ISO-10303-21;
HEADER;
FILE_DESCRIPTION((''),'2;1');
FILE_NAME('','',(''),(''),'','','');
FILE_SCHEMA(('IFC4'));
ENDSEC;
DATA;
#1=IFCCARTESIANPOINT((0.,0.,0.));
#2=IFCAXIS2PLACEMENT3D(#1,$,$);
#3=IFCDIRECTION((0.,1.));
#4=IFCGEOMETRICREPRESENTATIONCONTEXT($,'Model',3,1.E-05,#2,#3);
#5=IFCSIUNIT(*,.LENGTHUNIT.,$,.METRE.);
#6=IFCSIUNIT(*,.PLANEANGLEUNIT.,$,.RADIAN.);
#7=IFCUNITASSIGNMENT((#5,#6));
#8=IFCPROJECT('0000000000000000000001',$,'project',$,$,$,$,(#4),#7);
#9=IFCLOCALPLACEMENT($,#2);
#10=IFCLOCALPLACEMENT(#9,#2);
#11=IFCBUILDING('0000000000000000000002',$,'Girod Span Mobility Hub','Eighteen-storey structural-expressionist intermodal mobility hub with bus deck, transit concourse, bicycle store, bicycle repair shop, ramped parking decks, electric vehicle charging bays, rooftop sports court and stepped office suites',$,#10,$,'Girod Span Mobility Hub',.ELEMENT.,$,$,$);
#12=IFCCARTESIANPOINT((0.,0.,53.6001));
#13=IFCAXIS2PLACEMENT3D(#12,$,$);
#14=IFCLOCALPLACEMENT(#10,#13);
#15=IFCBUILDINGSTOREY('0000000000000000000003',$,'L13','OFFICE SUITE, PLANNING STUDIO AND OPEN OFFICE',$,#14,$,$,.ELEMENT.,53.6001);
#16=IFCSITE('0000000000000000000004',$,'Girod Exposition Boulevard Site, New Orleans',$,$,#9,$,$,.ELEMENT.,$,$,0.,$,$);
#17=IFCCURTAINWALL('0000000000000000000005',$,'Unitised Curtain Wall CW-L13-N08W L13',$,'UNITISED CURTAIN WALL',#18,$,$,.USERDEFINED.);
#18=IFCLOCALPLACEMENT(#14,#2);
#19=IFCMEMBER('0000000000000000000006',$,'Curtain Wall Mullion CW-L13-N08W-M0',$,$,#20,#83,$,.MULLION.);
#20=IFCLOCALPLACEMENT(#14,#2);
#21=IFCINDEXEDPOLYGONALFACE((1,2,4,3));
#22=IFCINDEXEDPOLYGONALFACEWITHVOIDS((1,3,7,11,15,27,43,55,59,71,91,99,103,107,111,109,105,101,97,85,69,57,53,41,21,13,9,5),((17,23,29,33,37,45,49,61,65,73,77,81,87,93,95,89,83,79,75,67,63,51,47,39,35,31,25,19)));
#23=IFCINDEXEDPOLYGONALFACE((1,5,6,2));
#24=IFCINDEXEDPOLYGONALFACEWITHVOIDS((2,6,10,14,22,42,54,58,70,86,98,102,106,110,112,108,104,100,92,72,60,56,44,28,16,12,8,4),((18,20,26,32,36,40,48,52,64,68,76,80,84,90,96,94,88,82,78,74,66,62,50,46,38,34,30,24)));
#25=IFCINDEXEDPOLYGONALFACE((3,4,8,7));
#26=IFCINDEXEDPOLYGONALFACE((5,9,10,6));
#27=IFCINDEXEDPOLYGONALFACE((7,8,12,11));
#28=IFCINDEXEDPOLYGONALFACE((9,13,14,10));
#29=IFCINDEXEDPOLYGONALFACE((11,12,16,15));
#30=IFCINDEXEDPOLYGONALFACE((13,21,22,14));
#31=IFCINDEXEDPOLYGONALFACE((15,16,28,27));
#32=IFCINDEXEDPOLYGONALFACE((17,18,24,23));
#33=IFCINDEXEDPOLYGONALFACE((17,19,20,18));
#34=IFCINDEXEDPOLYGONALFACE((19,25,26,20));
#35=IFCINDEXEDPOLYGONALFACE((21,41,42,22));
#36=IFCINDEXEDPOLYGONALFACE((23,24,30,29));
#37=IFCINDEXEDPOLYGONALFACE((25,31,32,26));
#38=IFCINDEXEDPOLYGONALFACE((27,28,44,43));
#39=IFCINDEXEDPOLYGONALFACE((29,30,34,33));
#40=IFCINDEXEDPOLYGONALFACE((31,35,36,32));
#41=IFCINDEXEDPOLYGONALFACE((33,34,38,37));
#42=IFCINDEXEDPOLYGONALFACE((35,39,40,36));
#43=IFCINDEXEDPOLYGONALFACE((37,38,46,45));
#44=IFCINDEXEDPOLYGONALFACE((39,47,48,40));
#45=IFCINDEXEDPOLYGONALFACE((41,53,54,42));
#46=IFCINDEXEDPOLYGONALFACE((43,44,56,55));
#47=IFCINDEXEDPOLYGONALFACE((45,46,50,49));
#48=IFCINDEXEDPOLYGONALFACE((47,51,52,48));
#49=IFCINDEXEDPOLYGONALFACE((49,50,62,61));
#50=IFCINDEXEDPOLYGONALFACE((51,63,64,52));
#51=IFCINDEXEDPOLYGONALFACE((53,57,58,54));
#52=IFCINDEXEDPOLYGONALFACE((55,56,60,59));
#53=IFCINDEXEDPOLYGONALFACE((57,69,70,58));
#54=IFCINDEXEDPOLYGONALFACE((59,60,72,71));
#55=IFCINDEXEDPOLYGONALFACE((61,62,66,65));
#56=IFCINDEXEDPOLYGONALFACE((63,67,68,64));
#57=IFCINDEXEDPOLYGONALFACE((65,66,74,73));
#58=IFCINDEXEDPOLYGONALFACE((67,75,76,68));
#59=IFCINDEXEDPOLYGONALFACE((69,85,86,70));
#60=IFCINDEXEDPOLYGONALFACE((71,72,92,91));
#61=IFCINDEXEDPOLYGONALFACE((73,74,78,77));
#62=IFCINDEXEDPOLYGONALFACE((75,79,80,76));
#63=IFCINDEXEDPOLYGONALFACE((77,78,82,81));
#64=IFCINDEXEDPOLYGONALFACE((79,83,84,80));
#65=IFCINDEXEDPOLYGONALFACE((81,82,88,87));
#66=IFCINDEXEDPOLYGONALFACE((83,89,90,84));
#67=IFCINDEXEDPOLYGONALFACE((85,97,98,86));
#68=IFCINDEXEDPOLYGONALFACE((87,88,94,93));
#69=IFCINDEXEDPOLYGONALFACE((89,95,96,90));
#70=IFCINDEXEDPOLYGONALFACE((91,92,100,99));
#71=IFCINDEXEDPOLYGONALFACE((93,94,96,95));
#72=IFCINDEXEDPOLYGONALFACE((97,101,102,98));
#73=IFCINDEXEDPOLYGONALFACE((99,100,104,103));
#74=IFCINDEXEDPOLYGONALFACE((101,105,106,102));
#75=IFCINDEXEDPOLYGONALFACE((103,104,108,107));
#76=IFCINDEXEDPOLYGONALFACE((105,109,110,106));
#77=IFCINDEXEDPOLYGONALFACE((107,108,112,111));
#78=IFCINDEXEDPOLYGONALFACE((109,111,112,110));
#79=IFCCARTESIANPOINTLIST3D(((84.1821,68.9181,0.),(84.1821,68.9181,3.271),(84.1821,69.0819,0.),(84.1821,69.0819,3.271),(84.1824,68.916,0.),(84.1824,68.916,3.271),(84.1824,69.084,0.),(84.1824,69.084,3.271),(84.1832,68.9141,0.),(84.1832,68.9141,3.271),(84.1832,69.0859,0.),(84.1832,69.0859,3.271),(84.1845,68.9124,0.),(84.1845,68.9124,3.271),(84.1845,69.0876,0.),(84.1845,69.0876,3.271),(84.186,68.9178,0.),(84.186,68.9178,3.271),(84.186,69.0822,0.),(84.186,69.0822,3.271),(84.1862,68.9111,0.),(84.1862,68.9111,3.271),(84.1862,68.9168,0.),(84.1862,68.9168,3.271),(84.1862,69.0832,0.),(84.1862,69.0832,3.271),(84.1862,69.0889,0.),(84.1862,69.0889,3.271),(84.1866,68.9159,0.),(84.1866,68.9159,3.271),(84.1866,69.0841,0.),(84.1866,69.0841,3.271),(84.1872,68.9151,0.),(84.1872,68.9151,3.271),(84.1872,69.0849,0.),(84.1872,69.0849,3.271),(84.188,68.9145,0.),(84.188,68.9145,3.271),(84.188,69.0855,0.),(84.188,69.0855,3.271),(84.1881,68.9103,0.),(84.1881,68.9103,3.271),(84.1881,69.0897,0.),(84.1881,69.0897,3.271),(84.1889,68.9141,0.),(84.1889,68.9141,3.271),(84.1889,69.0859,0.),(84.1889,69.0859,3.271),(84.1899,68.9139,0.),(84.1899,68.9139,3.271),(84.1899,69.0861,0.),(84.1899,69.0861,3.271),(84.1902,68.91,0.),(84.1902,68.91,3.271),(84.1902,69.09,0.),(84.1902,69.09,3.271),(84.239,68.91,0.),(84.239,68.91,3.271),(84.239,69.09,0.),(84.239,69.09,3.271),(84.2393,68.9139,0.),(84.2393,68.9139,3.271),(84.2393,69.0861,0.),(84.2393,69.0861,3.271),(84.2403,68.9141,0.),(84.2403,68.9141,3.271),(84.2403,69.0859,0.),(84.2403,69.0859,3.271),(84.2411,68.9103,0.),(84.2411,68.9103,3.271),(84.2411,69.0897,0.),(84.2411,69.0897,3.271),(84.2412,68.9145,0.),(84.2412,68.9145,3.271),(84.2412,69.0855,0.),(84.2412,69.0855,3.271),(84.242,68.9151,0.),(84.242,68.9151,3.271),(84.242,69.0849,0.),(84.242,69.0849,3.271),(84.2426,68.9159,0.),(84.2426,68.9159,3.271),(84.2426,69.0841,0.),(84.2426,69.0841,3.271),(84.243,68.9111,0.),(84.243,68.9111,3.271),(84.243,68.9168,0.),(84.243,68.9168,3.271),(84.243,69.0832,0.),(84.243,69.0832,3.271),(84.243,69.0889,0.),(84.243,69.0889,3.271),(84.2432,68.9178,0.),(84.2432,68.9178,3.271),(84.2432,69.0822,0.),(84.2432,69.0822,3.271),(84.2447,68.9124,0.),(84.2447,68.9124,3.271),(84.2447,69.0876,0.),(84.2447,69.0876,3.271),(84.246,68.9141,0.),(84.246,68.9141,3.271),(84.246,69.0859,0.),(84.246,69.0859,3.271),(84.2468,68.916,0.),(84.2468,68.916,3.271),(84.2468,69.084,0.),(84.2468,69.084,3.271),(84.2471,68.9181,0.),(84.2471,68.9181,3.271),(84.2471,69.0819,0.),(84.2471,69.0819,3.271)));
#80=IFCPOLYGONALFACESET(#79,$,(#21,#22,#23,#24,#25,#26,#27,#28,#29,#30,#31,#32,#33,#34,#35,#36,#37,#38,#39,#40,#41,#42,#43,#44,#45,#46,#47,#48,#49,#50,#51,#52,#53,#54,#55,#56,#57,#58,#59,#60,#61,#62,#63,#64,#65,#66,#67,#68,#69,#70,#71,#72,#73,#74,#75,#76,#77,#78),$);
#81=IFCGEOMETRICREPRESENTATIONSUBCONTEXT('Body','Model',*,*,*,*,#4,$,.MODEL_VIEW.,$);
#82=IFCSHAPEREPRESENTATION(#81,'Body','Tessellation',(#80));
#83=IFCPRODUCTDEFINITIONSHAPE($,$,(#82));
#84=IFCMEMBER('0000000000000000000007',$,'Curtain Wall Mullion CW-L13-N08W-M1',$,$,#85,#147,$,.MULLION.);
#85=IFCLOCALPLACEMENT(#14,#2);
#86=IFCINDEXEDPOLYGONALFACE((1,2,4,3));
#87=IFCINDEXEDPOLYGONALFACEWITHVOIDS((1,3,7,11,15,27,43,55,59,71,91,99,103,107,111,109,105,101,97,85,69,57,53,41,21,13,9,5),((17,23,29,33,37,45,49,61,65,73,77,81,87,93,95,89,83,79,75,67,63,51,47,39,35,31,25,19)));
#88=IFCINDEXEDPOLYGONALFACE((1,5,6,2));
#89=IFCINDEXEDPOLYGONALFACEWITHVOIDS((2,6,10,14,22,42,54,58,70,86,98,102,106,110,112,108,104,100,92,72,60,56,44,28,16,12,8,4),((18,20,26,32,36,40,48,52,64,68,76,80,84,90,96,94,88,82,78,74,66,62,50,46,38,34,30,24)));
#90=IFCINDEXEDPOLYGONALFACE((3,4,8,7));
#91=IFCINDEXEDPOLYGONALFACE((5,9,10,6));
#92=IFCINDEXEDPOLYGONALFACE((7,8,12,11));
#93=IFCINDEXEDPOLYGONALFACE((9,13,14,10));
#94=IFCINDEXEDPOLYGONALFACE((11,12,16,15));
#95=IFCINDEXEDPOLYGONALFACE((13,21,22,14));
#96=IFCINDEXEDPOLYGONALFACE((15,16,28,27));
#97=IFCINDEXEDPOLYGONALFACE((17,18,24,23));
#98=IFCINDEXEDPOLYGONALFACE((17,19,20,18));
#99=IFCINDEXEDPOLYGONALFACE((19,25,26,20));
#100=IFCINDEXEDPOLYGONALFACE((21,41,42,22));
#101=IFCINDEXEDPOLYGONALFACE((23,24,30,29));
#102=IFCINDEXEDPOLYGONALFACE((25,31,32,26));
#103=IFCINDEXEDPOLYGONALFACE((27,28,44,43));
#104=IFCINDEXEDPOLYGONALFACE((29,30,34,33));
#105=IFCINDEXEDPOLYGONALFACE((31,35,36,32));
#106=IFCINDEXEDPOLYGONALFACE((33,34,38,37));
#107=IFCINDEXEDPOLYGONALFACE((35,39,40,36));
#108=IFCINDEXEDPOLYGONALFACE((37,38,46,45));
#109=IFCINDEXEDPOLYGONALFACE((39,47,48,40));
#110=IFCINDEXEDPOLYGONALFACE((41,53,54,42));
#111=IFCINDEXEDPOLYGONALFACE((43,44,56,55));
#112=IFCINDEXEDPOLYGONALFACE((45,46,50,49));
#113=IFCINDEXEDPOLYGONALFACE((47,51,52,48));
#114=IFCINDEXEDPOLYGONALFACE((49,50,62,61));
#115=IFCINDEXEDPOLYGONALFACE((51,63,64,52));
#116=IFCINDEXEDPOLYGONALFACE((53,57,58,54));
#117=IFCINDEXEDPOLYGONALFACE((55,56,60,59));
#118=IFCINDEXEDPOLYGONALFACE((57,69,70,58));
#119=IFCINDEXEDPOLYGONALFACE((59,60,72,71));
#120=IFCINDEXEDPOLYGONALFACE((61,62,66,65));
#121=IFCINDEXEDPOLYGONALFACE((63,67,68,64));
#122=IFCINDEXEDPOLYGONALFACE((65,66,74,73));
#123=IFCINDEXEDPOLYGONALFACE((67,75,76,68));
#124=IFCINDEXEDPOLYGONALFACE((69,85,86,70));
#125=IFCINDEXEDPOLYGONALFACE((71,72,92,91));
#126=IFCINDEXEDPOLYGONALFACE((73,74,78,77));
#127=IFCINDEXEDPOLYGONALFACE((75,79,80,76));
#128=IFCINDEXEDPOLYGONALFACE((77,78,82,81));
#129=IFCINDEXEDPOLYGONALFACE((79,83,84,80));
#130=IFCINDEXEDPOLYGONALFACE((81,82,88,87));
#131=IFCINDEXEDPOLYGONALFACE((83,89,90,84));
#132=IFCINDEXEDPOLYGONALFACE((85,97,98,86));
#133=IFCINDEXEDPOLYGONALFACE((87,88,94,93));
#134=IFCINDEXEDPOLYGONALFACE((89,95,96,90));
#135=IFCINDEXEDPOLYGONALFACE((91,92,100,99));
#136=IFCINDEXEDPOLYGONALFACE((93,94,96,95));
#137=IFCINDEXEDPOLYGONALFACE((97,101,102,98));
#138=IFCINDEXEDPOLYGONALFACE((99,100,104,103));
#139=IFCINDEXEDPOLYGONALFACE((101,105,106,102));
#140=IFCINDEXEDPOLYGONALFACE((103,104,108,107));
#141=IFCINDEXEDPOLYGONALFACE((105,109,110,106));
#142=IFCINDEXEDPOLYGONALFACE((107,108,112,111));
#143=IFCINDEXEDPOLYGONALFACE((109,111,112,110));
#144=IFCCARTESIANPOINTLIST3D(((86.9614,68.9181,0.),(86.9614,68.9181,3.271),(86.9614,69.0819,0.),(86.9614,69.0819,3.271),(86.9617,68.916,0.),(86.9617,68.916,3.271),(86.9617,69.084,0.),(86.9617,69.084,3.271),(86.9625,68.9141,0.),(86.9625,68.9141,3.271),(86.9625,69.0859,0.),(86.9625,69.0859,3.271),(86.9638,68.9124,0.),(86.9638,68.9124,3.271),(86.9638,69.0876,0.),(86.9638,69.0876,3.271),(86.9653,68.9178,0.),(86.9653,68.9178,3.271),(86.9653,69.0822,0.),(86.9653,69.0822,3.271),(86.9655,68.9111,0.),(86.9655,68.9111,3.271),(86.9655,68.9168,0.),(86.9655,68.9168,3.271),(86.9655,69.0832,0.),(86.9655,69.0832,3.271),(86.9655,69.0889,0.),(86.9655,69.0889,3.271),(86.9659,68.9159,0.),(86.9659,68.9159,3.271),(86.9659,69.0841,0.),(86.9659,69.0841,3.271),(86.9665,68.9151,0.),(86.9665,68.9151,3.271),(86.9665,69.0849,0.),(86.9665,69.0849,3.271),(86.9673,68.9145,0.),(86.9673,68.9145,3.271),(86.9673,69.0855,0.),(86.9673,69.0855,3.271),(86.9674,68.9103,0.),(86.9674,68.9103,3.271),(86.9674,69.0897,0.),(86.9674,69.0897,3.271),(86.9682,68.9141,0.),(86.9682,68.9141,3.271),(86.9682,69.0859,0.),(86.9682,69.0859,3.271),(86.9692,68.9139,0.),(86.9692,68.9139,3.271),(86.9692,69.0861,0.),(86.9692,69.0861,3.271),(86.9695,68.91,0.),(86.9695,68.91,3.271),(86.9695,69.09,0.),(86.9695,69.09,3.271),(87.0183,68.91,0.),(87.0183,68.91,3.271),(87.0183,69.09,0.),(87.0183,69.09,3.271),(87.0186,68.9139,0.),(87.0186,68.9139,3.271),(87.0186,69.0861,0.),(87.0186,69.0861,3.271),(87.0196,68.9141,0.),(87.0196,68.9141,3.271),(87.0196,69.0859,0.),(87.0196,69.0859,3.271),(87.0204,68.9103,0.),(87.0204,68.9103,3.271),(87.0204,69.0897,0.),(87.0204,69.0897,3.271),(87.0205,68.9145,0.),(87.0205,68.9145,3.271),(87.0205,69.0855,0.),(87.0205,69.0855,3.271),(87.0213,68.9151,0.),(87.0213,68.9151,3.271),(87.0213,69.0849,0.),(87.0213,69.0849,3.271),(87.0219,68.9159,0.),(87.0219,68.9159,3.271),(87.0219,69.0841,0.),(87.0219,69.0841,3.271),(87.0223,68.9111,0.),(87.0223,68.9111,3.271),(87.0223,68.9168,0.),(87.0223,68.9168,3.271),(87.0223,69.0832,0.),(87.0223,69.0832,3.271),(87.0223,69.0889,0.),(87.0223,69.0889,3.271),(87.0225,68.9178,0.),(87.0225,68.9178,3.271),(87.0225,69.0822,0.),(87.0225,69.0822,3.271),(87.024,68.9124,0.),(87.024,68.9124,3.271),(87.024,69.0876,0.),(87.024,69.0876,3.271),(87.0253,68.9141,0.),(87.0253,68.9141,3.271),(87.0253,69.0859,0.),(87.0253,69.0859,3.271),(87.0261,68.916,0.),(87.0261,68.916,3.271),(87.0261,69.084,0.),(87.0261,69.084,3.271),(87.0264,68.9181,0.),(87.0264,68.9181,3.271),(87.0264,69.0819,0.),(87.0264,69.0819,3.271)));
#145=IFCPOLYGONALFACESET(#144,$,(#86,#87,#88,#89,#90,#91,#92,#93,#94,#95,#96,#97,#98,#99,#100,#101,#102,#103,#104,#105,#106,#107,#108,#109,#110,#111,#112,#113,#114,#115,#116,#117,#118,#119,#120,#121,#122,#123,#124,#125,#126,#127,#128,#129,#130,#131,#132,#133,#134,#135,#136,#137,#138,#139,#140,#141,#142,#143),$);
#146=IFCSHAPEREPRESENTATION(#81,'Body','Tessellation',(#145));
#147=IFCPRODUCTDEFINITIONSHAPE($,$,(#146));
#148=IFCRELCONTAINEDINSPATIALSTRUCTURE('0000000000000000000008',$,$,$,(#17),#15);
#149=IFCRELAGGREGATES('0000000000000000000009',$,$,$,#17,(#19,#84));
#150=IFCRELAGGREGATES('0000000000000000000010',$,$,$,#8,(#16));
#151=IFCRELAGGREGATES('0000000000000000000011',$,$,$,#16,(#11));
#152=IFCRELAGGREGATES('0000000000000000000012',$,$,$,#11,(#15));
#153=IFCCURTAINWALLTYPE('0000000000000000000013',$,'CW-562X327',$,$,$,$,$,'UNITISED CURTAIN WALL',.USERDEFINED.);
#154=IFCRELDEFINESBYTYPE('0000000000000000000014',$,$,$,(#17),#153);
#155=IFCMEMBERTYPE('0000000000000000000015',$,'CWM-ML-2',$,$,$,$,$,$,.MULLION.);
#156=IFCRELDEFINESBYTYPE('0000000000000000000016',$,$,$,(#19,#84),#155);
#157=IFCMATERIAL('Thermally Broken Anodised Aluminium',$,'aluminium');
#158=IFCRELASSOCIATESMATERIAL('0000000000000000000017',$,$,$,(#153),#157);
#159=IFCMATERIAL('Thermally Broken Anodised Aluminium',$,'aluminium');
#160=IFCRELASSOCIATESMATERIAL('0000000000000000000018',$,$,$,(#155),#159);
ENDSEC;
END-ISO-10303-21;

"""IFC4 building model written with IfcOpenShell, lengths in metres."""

from ifc_helpers import new_model, si_unit, direction, frame, origin, origin_2d, place, context, subcontext, project, spatial, hollow_rectangle, extrude, material, material_profile, profile_set, type_object, element, aggregate, save


model = new_model("IFC4")

# Units and contexts
model_context = context("Model", 3, precision=1e-05, world=origin(), true_north=direction((0.0, 1.0)))
body_context = subcontext(model_context, "Body", "Model", "MODEL_VIEW")
ifc_project = project(units=[si_unit("LENGTHUNIT", "METRE"), si_unit("PLANEANGLEUNIT", "RADIAN")], contexts=[model_context])

# Site, building, storey
site_placement = place(None, origin())
site = spatial("IfcSite", under=ifc_project, at=site_placement, Name="Girod Exposition Boulevard Site, New Orleans", CompositionType="ELEMENT", RefElevation=0.0)
building_placement = place(site_placement, origin())
building = spatial("IfcBuilding", under=site, at=building_placement, Name="Girod Span Mobility Hub", Description="Eighteen-storey structural-expressionist intermodal mobility hub with bus deck, transit concourse, bicycle store, bicycle repair shop, ramped parking decks, electric vehicle charging bays, rooftop sports court and stepped office suites", LongName="Girod Span Mobility Hub", CompositionType="ELEMENT")
storey_placement = place(building_placement, frame((0.0, 0.0, 53.6001)))
storey = spatial("IfcBuildingStorey", under=building, at=storey_placement, Name="L13", Description="OFFICE SUITE, PLANNING STUDIO AND OPEN OFFICE", CompositionType="ELEMENT", Elevation=53.6001)

# Curtain wall, members
ifc_material_1 = material(Name="Thermally Broken Anodised Aluminium", Category="aluminium")
curtain_wall_type = type_object("IfcCurtainWallType", Name="CW-562X327", ElementType="UNITISED CURTAIN WALL", PredefinedType="USERDEFINED", material=ifc_material_1)
ifc_material_2 = material(Name="Thermally Broken Anodised Aluminium", Category="aluminium")
ifc_material_profile_1 = material_profile(ifc_material_2, hollow_rectangle(XDim=0.1799, YDim=0.0649, WallThickness=0.0039, InnerFilletRadius=0.0039, OuterFilletRadius=0.0081, at=origin_2d()), Name="CW-ML-65X180")
ifc_profile_set_1 = profile_set([ifc_material_profile_1], Name="Thermally Broken Anodised Aluminium")
member_type_1 = type_object("IfcMemberType", Name="CWM-ML-2", PredefinedType="MULLION", material=ifc_profile_set_1)
curtain_wall_1_placement = place(storey_placement, origin())
curtain_wall_1 = element("IfcCurtainWall", 1, at=curtain_wall_1_placement, inside=storey, type_object=curtain_wall_type, Name="Unitised Curtain Wall CW-L13-N08W L13", ObjectType="UNITISED CURTAIN WALL", PredefinedType="USERDEFINED")
member_1_placement = place(storey_placement, frame((84.2146, 69.0, 0.0), z_axis=(0.0, 0.0, 1.0), x_axis=(0.0, 1.0, 0.0)))
member_1 = element("IfcMember", 2, at=member_1_placement, type_object=member_type_1, Name="Curtain Wall Mullion CW-L13-N08W-M0", PredefinedType="MULLION", context=body_context, shape_type="SweptSolid", body=[
    extrude(hollow_rectangle(XDim=0.1799, YDim=0.0649, WallThickness=0.0039, InnerFilletRadius=0.0039, OuterFilletRadius=0.0081, at=origin_2d()), origin(), (0.0, 0.0, 1.0), 3.271),
])
member_2_placement = place(storey_placement, frame((86.9939, 69.0, 0.0), z_axis=(0.0, 0.0, 1.0), x_axis=(0.0, 1.0, 0.0)))
member_2 = element("IfcMember", 3, at=member_2_placement, type_object=member_type_1, Name="Curtain Wall Mullion CW-L13-N08W-M1", PredefinedType="MULLION", context=body_context, shape_type="SweptSolid", body=[
    extrude(hollow_rectangle(XDim=0.1799, YDim=0.0649, WallThickness=0.0039, InnerFilletRadius=0.0039, OuterFilletRadius=0.0081, at=origin_2d()), origin(), (0.0, 0.0, 1.0), 3.271),
])

aggregate(curtain_wall_1, [member_1, member_2])

save(model, "model.ifc")
